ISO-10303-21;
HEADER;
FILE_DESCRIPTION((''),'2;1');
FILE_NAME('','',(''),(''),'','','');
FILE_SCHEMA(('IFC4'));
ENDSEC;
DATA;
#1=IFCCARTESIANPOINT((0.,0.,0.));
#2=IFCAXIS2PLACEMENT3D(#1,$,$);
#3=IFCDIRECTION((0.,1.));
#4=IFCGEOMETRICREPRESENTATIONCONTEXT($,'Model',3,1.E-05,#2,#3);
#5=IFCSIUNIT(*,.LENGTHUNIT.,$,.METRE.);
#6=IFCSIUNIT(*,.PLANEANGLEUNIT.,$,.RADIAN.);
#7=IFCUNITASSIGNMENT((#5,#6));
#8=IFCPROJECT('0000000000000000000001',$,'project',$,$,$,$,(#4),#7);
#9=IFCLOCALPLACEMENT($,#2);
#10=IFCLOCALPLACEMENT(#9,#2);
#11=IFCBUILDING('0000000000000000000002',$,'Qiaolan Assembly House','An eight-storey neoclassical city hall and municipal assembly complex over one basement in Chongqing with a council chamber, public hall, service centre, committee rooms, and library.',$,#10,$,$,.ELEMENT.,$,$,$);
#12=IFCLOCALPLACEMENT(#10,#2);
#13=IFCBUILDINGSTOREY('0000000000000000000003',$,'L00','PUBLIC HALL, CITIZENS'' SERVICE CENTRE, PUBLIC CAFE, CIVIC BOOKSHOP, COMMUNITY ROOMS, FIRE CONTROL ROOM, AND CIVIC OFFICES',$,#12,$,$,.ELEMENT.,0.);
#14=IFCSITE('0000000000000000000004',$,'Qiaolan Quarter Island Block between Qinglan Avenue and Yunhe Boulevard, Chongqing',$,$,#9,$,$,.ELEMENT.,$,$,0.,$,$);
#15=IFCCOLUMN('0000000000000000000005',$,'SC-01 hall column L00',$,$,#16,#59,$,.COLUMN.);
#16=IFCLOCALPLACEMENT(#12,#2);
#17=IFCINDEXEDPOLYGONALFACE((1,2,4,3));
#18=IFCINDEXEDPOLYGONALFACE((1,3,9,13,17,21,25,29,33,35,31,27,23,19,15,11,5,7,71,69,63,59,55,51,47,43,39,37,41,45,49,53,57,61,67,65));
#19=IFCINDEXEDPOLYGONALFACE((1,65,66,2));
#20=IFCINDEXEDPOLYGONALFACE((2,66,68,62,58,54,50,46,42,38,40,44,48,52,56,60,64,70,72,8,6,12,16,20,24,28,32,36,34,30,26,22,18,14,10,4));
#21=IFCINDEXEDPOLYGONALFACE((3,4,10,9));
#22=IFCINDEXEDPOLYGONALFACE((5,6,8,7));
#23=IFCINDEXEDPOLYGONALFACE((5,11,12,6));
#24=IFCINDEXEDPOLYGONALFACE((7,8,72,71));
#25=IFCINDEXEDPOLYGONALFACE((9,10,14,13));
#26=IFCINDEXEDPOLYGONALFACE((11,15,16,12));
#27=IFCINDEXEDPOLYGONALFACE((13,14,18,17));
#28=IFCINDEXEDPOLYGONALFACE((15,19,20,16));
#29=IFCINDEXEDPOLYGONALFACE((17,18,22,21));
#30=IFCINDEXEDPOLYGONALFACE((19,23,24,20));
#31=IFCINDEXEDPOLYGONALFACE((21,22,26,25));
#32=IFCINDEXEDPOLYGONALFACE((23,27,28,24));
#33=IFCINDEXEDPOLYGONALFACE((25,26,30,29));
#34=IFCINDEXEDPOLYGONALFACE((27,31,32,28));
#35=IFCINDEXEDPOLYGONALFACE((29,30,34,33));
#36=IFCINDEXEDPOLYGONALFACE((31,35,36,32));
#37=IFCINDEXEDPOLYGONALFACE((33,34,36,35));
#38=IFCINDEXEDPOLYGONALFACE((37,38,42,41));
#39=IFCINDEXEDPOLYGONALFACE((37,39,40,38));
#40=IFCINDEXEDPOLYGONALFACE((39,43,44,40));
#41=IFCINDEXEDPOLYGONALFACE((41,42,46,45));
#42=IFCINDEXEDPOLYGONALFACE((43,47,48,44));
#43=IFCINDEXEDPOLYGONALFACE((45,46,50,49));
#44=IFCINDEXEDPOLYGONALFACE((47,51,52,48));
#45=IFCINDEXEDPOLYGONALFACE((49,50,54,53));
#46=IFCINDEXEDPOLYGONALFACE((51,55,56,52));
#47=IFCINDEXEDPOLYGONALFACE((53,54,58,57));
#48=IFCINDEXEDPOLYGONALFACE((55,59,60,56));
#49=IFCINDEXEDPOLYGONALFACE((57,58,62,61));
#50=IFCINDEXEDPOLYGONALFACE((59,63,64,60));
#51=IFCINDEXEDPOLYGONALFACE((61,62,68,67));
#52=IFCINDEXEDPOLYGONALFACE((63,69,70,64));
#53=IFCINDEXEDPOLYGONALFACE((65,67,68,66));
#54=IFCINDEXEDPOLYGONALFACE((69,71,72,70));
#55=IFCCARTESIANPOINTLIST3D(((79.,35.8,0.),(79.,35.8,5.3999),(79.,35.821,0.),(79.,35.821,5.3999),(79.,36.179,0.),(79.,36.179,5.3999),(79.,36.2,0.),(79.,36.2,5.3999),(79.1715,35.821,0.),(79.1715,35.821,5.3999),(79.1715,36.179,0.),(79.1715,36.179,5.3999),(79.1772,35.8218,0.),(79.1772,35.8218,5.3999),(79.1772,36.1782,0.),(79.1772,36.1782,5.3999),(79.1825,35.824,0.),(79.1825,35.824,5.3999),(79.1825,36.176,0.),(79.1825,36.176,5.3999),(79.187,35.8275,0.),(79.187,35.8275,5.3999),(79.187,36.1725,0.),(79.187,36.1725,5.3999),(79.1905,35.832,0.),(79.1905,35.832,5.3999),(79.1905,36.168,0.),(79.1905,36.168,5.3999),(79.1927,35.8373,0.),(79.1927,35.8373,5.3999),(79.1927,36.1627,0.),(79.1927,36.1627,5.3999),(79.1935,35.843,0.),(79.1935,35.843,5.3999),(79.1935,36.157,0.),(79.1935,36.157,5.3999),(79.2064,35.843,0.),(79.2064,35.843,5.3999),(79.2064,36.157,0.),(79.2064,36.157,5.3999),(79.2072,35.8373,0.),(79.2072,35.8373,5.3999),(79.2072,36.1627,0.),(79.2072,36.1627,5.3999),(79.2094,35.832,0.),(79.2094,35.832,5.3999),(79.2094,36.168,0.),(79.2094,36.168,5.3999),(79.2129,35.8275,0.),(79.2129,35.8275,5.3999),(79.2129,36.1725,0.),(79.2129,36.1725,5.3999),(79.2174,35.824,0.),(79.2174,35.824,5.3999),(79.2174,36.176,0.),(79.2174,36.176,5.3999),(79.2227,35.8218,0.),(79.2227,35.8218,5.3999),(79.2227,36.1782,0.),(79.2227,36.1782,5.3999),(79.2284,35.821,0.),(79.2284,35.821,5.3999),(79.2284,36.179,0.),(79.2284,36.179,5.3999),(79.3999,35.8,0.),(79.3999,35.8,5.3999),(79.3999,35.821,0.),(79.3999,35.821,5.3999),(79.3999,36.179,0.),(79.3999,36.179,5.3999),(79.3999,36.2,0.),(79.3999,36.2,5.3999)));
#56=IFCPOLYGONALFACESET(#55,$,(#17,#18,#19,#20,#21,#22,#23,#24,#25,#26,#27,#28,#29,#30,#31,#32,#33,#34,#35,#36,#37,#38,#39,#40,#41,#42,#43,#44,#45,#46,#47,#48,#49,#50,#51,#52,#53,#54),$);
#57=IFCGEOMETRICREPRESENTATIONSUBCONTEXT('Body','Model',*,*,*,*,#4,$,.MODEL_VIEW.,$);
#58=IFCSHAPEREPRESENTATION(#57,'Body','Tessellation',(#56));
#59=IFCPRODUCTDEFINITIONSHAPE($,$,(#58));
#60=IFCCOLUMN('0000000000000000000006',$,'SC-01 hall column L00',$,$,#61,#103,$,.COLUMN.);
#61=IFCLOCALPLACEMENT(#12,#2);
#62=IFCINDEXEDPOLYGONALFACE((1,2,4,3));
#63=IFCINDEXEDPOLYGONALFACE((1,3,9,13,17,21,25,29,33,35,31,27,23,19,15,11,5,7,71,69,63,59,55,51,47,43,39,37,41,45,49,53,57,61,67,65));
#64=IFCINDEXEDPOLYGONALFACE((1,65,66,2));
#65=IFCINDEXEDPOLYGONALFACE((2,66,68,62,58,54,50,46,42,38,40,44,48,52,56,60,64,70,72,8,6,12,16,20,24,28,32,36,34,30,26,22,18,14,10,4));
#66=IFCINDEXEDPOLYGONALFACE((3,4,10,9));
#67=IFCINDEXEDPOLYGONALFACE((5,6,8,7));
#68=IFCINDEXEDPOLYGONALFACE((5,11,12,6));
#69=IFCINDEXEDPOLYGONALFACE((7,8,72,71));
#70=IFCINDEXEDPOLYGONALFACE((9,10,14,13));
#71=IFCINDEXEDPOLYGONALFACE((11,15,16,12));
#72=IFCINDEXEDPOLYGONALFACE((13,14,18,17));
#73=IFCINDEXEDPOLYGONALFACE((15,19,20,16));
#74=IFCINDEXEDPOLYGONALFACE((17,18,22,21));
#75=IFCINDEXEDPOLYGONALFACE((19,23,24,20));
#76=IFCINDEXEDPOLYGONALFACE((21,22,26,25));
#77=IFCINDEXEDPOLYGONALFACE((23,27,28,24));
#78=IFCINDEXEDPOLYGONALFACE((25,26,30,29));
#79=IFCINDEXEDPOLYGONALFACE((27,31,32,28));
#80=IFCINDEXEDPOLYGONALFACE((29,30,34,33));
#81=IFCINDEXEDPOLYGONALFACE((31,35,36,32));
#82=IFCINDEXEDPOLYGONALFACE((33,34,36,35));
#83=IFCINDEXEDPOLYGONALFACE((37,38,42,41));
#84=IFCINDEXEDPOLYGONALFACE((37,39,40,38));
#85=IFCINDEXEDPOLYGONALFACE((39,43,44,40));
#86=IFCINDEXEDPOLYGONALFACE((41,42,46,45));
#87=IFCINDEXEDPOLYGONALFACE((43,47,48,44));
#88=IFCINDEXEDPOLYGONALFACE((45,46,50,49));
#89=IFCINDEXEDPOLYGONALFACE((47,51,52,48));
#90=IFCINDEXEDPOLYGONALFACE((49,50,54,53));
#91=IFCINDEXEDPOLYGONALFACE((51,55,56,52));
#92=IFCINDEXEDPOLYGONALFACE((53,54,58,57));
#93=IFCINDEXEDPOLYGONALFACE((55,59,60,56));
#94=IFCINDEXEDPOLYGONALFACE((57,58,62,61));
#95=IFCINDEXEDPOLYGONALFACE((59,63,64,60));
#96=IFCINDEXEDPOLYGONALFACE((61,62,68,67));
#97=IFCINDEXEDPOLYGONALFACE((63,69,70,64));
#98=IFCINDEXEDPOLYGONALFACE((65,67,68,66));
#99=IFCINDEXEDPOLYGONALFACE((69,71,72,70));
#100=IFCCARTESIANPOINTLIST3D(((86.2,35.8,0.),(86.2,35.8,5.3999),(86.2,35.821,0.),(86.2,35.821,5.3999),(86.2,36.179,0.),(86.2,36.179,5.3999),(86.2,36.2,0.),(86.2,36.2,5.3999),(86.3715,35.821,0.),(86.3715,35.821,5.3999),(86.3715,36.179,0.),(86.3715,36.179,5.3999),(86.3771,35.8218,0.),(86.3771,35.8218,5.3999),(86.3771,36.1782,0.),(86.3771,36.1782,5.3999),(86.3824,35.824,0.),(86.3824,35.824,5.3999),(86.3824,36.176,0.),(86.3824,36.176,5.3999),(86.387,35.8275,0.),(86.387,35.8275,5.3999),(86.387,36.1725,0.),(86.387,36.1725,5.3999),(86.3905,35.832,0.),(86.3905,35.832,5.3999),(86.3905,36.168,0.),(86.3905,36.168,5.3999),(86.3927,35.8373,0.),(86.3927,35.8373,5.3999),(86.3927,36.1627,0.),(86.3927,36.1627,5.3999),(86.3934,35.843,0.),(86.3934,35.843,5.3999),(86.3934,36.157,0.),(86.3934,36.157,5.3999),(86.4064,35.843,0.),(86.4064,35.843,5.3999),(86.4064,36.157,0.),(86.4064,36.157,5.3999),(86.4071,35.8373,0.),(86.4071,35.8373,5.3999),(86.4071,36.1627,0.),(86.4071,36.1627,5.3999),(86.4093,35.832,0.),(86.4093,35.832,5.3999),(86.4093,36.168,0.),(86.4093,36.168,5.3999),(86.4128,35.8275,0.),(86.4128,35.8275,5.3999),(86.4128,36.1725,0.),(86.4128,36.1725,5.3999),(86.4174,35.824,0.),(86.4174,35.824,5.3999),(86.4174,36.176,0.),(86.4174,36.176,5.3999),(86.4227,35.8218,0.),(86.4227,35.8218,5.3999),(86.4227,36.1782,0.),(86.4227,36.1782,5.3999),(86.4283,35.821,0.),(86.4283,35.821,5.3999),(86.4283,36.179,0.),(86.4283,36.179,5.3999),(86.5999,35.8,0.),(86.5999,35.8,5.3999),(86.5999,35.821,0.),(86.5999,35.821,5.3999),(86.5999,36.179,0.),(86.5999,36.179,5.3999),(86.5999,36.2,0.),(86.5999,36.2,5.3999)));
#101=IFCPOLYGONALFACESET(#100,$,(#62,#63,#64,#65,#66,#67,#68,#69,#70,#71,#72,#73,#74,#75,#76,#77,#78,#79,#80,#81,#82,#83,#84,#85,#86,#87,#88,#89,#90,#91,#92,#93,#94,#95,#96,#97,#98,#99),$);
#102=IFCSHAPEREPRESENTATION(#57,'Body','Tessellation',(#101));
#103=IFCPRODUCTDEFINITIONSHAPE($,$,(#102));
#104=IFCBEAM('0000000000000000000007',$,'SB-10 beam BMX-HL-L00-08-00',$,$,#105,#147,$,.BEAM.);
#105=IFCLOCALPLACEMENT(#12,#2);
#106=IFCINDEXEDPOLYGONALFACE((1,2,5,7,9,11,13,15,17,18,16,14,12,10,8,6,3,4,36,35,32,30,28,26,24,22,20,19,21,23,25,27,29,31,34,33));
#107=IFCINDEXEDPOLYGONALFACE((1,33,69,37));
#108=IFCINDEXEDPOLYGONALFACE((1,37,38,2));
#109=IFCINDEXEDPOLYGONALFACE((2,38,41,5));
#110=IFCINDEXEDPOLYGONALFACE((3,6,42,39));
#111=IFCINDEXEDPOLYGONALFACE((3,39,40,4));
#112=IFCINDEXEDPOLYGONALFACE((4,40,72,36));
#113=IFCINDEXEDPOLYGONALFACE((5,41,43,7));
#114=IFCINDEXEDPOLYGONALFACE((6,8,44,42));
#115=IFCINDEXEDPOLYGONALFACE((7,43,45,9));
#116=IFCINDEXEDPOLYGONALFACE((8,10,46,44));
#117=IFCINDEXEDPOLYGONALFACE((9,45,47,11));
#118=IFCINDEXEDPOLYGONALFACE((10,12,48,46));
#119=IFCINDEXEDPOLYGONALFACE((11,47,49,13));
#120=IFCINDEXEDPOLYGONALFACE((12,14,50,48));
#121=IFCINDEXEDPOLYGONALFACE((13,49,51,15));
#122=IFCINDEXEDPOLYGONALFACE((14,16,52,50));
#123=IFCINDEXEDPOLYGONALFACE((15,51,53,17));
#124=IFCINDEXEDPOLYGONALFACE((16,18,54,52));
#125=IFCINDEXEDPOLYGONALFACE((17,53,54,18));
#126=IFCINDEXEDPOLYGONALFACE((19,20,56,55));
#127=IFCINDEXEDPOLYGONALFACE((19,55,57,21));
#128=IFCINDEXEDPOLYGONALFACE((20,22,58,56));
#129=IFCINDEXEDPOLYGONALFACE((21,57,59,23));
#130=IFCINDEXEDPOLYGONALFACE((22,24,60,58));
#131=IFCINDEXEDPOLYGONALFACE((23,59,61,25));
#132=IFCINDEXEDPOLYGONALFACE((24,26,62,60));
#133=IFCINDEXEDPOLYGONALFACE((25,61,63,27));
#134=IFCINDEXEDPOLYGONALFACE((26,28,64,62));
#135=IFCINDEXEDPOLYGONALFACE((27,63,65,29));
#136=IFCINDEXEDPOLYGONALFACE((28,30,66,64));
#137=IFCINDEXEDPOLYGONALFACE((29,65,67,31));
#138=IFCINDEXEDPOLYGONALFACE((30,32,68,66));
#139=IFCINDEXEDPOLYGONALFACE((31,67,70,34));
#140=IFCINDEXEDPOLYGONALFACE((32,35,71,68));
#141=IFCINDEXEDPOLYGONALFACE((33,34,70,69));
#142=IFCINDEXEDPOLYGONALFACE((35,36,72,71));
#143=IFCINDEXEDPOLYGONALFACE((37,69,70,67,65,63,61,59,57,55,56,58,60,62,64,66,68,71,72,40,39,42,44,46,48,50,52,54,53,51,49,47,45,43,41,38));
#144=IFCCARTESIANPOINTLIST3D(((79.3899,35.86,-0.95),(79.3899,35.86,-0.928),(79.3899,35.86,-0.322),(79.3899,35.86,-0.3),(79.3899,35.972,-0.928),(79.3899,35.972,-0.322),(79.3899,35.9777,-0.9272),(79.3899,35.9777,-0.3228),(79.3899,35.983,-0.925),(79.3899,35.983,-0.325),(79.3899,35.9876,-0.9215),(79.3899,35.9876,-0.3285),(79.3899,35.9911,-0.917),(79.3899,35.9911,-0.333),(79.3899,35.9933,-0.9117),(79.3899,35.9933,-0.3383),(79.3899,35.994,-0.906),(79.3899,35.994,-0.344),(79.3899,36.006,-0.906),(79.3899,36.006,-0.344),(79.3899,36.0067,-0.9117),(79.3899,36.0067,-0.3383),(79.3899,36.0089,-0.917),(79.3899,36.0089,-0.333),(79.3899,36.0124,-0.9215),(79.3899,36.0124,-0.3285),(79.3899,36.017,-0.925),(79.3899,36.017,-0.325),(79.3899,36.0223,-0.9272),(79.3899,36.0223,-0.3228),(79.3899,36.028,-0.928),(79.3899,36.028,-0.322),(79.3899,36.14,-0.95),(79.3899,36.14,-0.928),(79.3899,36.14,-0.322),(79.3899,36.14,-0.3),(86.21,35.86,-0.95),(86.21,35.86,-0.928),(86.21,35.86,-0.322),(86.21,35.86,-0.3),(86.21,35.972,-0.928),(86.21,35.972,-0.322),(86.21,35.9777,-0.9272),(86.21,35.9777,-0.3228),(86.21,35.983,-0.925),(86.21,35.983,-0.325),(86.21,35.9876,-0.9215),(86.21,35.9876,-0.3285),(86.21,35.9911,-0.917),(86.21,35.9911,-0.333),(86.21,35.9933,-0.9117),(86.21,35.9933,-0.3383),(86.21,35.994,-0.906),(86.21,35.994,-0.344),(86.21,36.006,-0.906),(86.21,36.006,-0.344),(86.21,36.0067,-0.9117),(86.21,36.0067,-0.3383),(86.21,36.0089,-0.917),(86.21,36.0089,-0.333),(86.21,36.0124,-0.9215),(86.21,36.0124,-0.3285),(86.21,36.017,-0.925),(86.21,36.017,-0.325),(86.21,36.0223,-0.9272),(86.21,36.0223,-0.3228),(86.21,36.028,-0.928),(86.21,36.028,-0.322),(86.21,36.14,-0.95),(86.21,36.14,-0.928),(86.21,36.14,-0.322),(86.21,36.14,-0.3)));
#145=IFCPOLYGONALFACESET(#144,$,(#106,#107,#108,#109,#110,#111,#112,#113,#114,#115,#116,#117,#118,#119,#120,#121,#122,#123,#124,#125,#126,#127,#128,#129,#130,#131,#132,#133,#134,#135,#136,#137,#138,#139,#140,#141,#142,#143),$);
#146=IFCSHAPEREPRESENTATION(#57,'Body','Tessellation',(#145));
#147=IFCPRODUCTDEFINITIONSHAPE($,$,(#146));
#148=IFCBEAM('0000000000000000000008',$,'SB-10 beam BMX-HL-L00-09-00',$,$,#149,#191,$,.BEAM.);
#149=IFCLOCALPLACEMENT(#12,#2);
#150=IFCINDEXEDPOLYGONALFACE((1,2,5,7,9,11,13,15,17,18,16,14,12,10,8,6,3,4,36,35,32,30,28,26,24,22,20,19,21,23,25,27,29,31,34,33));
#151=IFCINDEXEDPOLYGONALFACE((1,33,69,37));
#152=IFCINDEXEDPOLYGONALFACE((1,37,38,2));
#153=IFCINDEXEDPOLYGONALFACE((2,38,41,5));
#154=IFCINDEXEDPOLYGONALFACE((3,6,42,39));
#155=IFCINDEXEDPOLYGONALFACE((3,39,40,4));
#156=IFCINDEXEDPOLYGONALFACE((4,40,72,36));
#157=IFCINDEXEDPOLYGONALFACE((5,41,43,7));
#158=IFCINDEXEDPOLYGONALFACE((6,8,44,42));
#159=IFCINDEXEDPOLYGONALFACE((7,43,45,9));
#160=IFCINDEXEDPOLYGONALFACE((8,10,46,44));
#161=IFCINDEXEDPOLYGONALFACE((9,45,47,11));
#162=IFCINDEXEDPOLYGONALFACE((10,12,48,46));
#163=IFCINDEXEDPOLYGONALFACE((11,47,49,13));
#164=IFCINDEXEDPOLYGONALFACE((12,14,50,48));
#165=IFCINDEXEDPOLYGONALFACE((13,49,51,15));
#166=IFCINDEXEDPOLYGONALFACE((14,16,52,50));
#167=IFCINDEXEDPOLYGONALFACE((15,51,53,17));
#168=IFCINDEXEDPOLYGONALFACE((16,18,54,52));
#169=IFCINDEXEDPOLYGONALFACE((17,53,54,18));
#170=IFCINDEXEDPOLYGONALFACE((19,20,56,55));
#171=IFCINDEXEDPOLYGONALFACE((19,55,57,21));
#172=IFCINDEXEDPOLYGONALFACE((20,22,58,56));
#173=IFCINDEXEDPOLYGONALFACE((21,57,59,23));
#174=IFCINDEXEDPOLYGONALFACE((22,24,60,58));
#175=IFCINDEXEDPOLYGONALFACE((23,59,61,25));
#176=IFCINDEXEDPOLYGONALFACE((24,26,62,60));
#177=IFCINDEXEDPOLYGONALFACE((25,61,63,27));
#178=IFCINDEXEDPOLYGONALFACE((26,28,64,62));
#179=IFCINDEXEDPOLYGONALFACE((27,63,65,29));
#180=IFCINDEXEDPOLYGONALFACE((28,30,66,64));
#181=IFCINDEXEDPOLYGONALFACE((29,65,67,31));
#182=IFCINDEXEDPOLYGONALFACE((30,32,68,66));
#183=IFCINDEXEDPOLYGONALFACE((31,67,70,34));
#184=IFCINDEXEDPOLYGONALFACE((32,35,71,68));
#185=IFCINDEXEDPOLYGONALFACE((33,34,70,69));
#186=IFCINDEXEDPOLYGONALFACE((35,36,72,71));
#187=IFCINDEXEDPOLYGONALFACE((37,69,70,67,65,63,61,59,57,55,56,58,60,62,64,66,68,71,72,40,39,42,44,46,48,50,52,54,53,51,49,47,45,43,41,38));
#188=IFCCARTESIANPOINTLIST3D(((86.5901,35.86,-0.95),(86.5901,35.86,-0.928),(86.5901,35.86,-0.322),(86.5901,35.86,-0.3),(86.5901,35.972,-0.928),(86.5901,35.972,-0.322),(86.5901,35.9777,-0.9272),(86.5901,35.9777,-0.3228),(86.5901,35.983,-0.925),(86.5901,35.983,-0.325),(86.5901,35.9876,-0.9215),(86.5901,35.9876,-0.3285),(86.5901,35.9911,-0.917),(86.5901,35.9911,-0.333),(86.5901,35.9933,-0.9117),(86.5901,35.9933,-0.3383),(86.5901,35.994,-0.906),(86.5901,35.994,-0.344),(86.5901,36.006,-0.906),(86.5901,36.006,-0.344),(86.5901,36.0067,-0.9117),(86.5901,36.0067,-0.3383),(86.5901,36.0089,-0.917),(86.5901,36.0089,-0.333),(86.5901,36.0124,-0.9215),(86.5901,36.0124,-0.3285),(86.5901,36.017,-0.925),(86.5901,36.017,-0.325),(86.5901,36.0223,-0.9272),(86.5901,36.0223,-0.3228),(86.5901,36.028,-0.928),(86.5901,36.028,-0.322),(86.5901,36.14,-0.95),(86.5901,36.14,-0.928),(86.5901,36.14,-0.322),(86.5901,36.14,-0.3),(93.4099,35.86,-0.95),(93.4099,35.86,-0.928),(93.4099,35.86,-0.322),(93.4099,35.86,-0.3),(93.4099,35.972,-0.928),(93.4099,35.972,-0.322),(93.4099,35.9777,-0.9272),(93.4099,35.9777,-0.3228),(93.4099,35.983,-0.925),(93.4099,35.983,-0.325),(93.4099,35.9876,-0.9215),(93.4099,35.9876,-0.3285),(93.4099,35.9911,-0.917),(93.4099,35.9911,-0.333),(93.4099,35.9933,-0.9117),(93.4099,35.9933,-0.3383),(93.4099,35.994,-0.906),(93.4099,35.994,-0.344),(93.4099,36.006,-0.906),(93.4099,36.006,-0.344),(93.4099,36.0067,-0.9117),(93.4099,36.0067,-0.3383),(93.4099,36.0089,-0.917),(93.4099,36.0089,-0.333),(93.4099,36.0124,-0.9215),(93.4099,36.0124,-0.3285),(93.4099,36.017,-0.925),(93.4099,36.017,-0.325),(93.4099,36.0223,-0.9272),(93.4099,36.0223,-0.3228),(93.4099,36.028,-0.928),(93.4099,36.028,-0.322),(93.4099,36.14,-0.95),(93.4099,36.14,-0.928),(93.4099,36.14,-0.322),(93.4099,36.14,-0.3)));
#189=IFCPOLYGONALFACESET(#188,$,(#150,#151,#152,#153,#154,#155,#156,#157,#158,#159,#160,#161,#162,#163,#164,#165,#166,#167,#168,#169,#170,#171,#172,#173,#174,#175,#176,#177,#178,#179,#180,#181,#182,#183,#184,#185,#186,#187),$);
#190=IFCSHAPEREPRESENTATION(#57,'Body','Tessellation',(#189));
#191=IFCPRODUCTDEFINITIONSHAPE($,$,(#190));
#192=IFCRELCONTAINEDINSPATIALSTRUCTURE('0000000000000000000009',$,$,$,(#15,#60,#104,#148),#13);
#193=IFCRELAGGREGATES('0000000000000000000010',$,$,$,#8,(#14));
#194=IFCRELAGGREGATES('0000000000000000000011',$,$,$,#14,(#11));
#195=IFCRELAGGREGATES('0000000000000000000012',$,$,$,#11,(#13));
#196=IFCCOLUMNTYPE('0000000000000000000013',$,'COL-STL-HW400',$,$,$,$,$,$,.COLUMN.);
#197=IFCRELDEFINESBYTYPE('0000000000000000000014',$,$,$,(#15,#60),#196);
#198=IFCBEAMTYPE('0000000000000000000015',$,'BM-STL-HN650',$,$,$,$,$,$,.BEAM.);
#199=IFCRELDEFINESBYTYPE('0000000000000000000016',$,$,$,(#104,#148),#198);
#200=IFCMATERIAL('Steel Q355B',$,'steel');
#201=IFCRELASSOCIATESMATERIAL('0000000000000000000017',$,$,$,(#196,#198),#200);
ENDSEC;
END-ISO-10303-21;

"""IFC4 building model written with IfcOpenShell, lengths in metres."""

from ifc_helpers import new_model, si_unit, direction, frame, origin, origin_2d, place, context, subcontext, project, spatial, i_section, extrude, material, material_profile, profile_set, type_object, element, save


model = new_model("IFC4")

# Units and contexts
model_context = context("Model", 3, precision=1e-05, world=origin(), true_north=direction((0.0, 1.0)))
body_context = subcontext(model_context, "Body", "Model", "MODEL_VIEW")
ifc_project = project(units=[si_unit("LENGTHUNIT", "METRE"), si_unit("PLANEANGLEUNIT", "RADIAN")], contexts=[model_context])

# Site, building, storey
site_placement = place(None, origin())
site = spatial("IfcSite", under=ifc_project, at=site_placement, Name="Qiaolan Quarter Island Block between Qinglan Avenue and Yunhe Boulevard, Chongqing", CompositionType="ELEMENT", RefElevation=0.0)
building_placement = place(site_placement, origin())
building = spatial("IfcBuilding", under=site, at=building_placement, Name="Qiaolan Assembly House", Description="An eight-storey neoclassical city hall and municipal assembly complex over one basement in Chongqing with a council chamber, public hall, service centre, committee rooms, and library.", CompositionType="ELEMENT")
storey_placement = place(building_placement, origin())
storey = spatial("IfcBuildingStorey", under=building, at=storey_placement, Name="L00", Description="PUBLIC HALL, CITIZENS' SERVICE CENTRE, PUBLIC CAFE, CIVIC BOOKSHOP, COMMUNITY ROOMS, FIRE CONTROL ROOM, AND CIVIC OFFICES", CompositionType="ELEMENT", Elevation=0.0)

# Columns
ifc_material_1 = material(Name="Steel Q355B", Category="steel")
ifc_material_profile_1 = material_profile(ifc_material_1, i_section(OverallWidth=0.3999, OverallDepth=0.3999, WebThickness=0.0129, FlangeThickness=0.021, FilletRadius=0.022, at=origin_2d()), Name="HW 400x400x13x21")
ifc_profile_set_1 = profile_set([ifc_material_profile_1], Name="Steel Q355B")
column_type = type_object("IfcColumnType", Name="COL-STL-HW400", PredefinedType="COLUMN", material=ifc_profile_set_1)
for number, where, z_axis, x_axis, name in (
    (1, (79.2, 36.0, 0.0), (0.0, 0.0, 1.0), (1.0, 0.0, 0.0), "SC-01 hall column L00"),
    (2, (86.3999, 36.0, 0.0), (0.0, 0.0, 1.0), (1.0, 0.0, 0.0), "SC-01 hall column L00"),
):
    element("IfcColumn", number, at=place(storey_placement, frame(where, z_axis=z_axis, x_axis=x_axis)), inside=storey, type_object=column_type, Name=name, PredefinedType="COLUMN", context=body_context, shape_type="SweptSolid", body=[
        extrude(i_section(OverallWidth=0.3999, OverallDepth=0.3999, WebThickness=0.0129, FlangeThickness=0.021, FilletRadius=0.022, at=origin_2d()), origin(), (0.0, 0.0, 1.0), 5.3999),
    ])

# Beams
ifc_material_profile_2 = material_profile(ifc_material_1, i_section(OverallWidth=0.28, OverallDepth=0.6499, WebThickness=0.012, FlangeThickness=0.022, FilletRadius=0.022, at=origin_2d()), Name="HN 650x280x12x22")
ifc_profile_set_2 = profile_set([ifc_material_profile_2], Name="Steel Q355B")
beam_type = type_object("IfcBeamType", Name="BM-STL-HN650", PredefinedType="BEAM", material=ifc_profile_set_2)
beam_1_placement = place(storey_placement, frame((79.3899, 36.0, -0.625), z_axis=(1.0, 0.0, 0.0), x_axis=(0.0, 1.0, 0.0)))
element("IfcBeam", 3, at=beam_1_placement, inside=storey, type_object=beam_type, Name="SB-10 beam BMX-HL-L00-08-00", PredefinedType="BEAM", context=body_context, shape_type="SweptSolid", body=[
    extrude(i_section(OverallWidth=0.28, OverallDepth=0.6499, WebThickness=0.012, FlangeThickness=0.022, FilletRadius=0.022, at=origin_2d()), origin(), (0.0, 0.0, 1.0), 6.8201),
])
beam_2_placement = place(storey_placement, frame((86.5901, 36.0, -0.625), z_axis=(1.0, 0.0, 0.0), x_axis=(0.0, 1.0, 0.0)))
element("IfcBeam", 4, at=beam_2_placement, inside=storey, type_object=beam_type, Name="SB-10 beam BMX-HL-L00-09-00", PredefinedType="BEAM", context=body_context, shape_type="SweptSolid", body=[
    extrude(i_section(OverallWidth=0.28, OverallDepth=0.6499, WebThickness=0.012, FlangeThickness=0.022, FilletRadius=0.022, at=origin_2d()), origin(), (0.0, 0.0, 1.0), 6.8198),
])

save(model, "model.ifc")
